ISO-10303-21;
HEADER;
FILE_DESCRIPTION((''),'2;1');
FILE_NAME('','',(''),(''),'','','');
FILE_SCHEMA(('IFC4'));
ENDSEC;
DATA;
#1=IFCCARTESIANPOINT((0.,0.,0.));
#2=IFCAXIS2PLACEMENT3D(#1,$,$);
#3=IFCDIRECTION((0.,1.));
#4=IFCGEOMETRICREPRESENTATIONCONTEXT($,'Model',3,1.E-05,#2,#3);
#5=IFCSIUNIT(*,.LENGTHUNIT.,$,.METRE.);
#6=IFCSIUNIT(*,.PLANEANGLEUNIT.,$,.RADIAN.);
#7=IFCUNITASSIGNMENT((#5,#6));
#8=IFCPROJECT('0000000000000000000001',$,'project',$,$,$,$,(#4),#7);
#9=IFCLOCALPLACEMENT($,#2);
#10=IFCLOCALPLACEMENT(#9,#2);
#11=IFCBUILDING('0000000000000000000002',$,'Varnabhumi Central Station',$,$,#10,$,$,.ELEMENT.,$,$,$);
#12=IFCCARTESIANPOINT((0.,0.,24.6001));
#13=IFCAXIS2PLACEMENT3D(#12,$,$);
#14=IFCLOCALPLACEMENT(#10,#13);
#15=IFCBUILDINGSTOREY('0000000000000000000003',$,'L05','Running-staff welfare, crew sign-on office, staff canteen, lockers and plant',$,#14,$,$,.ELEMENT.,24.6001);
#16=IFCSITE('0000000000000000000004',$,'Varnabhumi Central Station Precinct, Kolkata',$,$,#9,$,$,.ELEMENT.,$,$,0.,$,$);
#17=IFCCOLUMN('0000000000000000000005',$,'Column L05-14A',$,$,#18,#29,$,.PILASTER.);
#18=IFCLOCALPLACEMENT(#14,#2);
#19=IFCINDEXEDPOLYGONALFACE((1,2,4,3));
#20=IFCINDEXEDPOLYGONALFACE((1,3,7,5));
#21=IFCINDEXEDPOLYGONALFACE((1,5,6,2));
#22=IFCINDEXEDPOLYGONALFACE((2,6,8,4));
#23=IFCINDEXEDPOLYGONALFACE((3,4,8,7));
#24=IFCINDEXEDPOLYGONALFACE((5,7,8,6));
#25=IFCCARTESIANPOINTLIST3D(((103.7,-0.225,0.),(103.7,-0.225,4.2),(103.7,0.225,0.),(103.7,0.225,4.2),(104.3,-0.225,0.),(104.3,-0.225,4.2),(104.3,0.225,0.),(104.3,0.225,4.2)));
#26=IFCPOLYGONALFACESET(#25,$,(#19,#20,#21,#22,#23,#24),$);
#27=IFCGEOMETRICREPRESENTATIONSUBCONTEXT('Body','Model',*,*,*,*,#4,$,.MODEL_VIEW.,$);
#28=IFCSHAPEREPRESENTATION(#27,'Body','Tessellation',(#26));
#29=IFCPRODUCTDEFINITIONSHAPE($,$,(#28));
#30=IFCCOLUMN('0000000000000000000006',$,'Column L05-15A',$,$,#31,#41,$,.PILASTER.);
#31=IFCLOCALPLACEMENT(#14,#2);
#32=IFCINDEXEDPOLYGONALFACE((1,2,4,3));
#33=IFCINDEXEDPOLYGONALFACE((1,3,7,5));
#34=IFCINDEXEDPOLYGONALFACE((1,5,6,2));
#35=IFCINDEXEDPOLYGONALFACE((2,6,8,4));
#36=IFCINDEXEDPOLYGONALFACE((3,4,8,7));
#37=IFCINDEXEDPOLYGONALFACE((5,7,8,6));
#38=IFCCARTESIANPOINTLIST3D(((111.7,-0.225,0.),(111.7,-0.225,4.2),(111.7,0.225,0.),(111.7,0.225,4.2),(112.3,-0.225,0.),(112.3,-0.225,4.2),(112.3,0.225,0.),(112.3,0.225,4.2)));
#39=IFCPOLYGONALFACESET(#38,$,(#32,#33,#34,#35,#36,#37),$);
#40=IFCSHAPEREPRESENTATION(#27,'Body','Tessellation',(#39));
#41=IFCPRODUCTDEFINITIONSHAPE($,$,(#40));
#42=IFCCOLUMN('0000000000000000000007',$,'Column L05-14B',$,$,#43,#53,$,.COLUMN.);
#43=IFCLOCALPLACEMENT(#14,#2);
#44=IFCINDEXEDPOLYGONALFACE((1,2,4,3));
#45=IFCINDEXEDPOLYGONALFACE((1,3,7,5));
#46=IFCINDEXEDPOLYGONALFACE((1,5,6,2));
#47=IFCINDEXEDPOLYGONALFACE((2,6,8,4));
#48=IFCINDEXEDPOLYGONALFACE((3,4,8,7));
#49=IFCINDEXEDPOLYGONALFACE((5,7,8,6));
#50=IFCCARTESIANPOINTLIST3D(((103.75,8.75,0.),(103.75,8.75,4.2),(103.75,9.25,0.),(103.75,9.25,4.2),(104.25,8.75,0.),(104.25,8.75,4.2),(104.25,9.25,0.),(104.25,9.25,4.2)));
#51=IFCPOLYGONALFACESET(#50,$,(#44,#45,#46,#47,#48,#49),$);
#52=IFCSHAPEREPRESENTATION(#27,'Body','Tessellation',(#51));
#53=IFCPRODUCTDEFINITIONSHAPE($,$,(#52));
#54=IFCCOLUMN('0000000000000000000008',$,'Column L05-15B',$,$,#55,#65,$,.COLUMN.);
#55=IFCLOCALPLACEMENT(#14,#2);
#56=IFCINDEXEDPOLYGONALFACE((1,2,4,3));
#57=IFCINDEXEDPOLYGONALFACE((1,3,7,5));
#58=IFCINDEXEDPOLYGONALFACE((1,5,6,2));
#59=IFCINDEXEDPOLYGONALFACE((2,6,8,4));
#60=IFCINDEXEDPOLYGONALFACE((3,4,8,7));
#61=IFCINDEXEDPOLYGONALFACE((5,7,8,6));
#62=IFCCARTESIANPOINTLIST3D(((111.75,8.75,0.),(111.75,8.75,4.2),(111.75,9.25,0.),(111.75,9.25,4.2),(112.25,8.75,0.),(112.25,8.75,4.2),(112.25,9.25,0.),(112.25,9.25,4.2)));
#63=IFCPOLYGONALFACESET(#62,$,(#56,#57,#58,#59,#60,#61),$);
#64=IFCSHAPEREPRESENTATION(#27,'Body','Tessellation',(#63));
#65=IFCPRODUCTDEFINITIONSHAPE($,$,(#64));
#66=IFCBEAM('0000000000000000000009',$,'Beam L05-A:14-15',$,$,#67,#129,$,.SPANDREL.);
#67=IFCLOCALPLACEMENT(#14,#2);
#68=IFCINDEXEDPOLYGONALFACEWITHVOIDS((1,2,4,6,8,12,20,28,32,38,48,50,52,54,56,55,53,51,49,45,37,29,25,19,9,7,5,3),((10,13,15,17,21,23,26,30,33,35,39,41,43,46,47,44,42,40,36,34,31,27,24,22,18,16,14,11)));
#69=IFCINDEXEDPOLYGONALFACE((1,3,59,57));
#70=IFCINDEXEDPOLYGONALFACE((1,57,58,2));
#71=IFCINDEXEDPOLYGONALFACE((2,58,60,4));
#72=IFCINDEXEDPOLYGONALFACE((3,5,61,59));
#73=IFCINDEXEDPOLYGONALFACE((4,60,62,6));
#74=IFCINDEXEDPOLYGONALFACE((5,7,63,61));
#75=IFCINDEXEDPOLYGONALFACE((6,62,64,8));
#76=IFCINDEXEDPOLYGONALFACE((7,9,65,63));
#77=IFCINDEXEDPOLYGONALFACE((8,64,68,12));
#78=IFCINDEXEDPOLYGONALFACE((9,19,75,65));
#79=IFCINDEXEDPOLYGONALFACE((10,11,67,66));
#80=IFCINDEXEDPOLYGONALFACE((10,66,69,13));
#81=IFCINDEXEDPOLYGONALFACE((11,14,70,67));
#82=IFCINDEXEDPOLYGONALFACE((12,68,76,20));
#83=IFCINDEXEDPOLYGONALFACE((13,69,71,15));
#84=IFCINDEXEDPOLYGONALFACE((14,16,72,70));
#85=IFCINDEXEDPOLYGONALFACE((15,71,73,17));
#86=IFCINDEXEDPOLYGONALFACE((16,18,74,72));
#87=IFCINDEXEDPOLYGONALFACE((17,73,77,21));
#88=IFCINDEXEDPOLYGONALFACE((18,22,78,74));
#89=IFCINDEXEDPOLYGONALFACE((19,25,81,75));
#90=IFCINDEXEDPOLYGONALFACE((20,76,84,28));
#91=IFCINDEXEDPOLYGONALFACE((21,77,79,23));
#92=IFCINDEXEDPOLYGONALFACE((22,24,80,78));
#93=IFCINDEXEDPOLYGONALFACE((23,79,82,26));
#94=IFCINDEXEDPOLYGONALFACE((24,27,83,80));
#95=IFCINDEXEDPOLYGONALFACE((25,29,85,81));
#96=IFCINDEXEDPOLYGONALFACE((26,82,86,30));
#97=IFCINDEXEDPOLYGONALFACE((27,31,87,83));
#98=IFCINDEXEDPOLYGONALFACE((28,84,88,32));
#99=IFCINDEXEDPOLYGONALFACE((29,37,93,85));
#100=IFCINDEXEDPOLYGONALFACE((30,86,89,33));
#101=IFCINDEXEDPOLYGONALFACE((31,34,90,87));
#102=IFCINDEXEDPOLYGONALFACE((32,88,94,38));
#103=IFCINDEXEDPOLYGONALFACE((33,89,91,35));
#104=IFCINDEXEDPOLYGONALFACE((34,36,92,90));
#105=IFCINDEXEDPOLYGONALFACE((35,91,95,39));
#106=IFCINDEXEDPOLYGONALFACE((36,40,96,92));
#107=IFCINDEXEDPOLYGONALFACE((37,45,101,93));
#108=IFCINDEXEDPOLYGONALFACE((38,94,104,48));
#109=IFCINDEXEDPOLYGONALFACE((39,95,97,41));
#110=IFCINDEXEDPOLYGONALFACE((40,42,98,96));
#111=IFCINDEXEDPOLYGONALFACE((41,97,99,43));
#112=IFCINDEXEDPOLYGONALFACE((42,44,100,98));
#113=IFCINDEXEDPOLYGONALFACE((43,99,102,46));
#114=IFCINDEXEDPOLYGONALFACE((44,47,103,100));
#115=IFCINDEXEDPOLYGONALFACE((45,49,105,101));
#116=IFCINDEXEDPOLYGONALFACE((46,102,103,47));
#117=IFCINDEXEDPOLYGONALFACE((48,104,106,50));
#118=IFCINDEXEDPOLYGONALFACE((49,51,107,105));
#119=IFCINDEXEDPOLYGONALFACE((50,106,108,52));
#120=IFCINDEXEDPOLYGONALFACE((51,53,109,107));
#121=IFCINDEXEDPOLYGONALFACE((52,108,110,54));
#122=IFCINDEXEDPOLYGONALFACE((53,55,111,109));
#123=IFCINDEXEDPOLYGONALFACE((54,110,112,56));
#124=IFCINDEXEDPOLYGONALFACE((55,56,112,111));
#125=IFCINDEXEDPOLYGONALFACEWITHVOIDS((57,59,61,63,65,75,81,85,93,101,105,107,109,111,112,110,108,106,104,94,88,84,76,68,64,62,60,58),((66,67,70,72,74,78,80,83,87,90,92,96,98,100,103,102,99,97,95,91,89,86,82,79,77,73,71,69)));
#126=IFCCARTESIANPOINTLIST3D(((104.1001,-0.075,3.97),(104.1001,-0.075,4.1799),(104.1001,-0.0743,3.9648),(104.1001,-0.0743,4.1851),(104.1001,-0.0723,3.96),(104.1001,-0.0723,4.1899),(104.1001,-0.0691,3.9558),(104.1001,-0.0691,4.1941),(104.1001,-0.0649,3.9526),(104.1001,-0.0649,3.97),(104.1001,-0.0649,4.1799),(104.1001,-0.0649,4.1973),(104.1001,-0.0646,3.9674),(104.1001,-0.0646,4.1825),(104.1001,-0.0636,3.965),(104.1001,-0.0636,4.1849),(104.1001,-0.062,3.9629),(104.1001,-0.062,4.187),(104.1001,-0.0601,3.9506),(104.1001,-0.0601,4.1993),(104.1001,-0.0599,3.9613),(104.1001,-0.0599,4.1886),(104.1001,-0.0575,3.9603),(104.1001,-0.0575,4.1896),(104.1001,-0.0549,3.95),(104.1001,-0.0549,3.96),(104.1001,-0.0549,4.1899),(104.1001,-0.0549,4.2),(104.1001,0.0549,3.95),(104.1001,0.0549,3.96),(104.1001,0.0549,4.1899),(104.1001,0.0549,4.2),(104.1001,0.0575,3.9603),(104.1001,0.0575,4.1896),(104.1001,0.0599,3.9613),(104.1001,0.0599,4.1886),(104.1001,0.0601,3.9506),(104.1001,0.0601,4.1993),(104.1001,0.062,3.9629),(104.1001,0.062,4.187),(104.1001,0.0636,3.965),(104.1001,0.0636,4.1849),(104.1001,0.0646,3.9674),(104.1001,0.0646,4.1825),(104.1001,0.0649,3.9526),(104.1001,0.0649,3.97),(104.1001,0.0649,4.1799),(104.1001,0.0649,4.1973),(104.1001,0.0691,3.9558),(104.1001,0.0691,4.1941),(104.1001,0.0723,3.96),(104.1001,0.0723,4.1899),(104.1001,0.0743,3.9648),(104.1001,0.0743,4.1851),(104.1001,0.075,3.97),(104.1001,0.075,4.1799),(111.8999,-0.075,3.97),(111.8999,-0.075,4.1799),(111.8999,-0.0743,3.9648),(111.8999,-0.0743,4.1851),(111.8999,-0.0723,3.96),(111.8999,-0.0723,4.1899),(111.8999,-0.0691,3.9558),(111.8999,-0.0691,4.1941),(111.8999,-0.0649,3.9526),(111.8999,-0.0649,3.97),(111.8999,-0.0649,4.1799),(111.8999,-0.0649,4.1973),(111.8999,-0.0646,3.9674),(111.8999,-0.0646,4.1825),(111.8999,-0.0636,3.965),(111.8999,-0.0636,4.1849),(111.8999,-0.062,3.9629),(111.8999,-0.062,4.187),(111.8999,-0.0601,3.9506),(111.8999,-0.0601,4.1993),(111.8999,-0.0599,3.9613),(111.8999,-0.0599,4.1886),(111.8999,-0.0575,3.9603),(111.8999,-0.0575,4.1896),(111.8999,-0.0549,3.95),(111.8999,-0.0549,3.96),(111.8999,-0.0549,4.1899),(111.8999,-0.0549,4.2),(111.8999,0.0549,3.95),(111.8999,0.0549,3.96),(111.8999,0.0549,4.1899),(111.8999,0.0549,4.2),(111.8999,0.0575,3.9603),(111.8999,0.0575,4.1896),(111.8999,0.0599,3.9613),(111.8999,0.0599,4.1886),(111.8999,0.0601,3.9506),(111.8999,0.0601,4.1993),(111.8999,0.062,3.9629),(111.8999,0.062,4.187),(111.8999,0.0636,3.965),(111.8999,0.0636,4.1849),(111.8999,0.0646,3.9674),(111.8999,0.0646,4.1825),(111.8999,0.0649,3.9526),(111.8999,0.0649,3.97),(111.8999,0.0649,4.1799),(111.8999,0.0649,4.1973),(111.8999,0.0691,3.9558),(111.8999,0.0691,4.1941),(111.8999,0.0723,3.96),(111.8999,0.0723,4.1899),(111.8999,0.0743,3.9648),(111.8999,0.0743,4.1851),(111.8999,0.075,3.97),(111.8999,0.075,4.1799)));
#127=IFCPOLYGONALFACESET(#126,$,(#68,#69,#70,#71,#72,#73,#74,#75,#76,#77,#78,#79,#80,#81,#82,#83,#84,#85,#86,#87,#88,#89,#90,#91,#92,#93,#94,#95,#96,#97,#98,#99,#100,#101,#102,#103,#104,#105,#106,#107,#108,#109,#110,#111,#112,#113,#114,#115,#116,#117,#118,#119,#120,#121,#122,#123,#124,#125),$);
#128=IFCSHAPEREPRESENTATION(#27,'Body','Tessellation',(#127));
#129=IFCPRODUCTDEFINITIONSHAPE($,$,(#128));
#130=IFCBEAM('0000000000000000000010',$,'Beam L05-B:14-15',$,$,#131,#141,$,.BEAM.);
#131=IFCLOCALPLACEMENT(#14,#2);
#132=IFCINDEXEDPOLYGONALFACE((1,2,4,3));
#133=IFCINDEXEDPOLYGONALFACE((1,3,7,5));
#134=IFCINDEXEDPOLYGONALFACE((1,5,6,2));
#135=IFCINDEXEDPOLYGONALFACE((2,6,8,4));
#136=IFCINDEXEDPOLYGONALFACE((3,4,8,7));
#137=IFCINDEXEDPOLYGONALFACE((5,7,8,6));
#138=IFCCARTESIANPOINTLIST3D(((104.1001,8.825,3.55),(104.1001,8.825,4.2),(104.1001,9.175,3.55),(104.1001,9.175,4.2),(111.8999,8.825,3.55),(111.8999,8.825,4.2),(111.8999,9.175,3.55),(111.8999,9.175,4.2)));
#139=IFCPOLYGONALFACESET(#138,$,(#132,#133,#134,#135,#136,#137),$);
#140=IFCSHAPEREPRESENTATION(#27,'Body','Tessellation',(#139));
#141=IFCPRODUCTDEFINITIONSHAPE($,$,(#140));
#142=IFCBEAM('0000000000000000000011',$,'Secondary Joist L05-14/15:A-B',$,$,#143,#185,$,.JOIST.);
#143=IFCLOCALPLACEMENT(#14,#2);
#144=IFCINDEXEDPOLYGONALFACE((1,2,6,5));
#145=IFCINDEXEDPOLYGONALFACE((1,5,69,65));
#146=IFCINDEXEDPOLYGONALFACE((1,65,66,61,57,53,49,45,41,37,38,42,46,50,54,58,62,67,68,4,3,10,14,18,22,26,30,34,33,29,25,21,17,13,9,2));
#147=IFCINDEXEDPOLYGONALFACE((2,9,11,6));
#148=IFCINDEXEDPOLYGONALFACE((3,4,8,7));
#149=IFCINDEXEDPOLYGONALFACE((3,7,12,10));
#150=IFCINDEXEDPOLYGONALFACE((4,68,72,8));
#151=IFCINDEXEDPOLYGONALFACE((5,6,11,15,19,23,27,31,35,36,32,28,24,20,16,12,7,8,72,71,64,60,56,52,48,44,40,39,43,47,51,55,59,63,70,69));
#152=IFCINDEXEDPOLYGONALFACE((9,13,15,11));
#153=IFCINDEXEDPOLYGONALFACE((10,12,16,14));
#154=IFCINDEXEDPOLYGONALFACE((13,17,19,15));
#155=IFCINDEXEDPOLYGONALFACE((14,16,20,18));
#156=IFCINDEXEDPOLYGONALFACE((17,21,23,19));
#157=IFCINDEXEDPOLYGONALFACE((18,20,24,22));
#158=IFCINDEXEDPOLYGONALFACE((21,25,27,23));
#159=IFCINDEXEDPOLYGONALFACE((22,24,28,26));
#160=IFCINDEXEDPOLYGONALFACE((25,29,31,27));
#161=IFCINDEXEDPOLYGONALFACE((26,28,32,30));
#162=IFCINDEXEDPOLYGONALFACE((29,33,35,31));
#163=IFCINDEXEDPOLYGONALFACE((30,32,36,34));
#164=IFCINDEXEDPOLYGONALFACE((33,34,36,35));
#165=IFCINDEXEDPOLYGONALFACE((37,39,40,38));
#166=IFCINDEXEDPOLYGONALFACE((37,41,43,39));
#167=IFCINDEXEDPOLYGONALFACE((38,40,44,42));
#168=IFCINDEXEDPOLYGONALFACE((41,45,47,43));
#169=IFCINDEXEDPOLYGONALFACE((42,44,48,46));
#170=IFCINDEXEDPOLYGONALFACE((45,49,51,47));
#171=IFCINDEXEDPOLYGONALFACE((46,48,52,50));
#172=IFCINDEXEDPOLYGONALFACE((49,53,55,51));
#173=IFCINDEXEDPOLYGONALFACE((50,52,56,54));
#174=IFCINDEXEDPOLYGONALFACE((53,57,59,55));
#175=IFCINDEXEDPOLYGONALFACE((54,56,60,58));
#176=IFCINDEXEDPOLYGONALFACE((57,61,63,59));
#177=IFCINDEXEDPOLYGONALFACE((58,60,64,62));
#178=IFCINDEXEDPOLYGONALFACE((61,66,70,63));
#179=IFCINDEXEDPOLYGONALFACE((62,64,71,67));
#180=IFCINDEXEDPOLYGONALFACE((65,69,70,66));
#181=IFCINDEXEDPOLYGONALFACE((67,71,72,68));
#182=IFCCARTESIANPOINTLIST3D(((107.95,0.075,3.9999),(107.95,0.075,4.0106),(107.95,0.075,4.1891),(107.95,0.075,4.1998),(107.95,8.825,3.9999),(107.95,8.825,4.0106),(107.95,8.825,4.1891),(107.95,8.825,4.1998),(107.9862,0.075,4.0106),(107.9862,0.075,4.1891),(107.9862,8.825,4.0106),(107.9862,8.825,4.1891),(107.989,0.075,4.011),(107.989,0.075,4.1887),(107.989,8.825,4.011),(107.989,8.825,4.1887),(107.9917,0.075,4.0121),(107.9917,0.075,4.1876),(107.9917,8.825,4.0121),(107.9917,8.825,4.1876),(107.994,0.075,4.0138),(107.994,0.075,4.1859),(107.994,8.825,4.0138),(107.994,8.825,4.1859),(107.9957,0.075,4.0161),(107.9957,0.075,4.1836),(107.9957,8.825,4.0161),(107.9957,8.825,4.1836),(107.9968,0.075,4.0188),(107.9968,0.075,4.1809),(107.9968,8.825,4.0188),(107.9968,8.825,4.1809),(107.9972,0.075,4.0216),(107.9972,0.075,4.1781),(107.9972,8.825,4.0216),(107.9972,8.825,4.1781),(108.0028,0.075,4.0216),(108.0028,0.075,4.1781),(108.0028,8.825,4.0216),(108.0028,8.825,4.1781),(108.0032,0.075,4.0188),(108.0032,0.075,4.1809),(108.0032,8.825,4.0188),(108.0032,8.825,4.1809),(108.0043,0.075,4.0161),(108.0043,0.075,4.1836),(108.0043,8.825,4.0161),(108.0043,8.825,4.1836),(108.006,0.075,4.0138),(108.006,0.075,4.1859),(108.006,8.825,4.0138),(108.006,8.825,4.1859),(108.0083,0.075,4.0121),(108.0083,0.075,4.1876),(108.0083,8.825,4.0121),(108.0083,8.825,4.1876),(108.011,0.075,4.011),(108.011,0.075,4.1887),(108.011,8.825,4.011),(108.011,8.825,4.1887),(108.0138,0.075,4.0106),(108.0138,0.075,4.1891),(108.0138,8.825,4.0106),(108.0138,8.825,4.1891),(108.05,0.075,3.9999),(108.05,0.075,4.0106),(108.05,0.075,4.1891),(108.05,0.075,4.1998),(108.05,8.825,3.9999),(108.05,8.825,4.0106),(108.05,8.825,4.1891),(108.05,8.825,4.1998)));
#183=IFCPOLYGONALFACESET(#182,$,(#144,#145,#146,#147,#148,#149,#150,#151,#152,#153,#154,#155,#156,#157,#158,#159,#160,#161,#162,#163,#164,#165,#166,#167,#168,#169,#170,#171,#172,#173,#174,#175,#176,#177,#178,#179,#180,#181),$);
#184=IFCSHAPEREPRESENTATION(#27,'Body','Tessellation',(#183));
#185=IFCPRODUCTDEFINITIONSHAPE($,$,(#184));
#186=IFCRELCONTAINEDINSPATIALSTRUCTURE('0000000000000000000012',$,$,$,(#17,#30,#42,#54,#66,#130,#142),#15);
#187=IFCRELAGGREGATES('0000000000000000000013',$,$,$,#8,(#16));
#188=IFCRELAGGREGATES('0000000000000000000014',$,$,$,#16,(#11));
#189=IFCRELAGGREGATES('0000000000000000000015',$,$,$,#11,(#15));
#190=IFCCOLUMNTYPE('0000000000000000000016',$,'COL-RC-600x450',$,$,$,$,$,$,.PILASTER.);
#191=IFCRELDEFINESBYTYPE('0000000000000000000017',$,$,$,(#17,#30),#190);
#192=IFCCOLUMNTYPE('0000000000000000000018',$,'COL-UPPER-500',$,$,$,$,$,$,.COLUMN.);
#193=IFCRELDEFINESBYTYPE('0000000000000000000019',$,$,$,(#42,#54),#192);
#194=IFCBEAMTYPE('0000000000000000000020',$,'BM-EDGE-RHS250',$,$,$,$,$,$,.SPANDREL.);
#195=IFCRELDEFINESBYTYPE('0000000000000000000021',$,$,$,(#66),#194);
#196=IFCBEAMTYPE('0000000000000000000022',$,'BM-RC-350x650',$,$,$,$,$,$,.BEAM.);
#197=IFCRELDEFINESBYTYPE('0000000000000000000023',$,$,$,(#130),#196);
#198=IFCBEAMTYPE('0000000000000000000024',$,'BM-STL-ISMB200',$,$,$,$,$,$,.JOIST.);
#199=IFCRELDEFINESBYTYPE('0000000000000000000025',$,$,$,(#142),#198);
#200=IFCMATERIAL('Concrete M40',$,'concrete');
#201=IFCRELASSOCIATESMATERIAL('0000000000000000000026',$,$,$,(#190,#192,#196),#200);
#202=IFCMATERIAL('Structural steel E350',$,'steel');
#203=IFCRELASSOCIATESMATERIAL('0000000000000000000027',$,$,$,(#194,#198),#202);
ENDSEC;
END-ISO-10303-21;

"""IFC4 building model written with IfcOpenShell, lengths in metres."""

from ifc_helpers import new_model, si_unit, direction, frame, origin, origin_2d, place, context, subcontext, project, spatial, rectangle, hollow_rectangle, i_section, extrude, material, material_profile, profile_set, type_object, element, save


model = new_model("IFC4")

# Units and contexts
model_context = context("Model", 3, precision=1e-05, world=origin(), true_north=direction((0.0, 1.0)))
body_context = subcontext(model_context, "Body", "Model", "MODEL_VIEW")
ifc_project = project(units=[si_unit("LENGTHUNIT", "METRE"), si_unit("PLANEANGLEUNIT", "RADIAN")], contexts=[model_context])

# Site, building, storey
site_placement = place(None, origin())
site = spatial("IfcSite", under=ifc_project, at=site_placement, Name="Varnabhumi Central Station Precinct, Kolkata", CompositionType="ELEMENT", RefElevation=0.0)
building_placement = place(site_placement, origin())
building = spatial("IfcBuilding", under=site, at=building_placement, Name="Varnabhumi Central Station", CompositionType="ELEMENT")
storey_placement = place(building_placement, frame((0.0, 0.0, 24.6001)))
storey = spatial("IfcBuildingStorey", under=building, at=storey_placement, Name="L05", Description="Running-staff welfare, crew sign-on office, staff canteen, lockers and plant", CompositionType="ELEMENT", Elevation=24.6001)

# Columns
ifc_material_1 = material(Name="Concrete M40", Category="concrete")
ifc_material_profile_1 = material_profile(ifc_material_1, rectangle(XDim=0.6001, YDim=0.45, at=origin_2d()), Name="Concrete M40", Category="concrete")
ifc_profile_set_1 = profile_set([ifc_material_profile_1], Name="Concrete M40")
column_type_1 = type_object("IfcColumnType", Name="COL-RC-600x450", PredefinedType="PILASTER", material=ifc_profile_set_1)
for number, where, z_axis, x_axis, name in (
    (1, (104.0, 0.0, 0.0), (0.0, 0.0, 1.0), (1.0, 0.0, 0.0), "Column L05-14A"),
    (2, (112.0, 0.0, 0.0), (0.0, 0.0, 1.0), (1.0, 0.0, 0.0), "Column L05-15A"),
):
    element("IfcColumn", number, at=place(storey_placement, frame(where, z_axis=z_axis, x_axis=x_axis)), inside=storey, type_object=column_type_1, Name=name, PredefinedType="PILASTER", context=body_context, shape_type="SweptSolid", body=[
        extrude(rectangle(XDim=0.6001, YDim=0.45, at=origin_2d()), origin(), (0.0, 0.0, 1.0), 4.2),
    ])
ifc_material_profile_2 = material_profile(ifc_material_1, rectangle(XDim=0.5, YDim=0.5, at=origin_2d()), Name="Concrete M40", Category="concrete")
ifc_profile_set_2 = profile_set([ifc_material_profile_2], Name="Concrete M40")
column_type_2 = type_object("IfcColumnType", Name="COL-UPPER-500", PredefinedType="COLUMN", material=ifc_profile_set_2)
for number, where, z_axis, x_axis, name in (
    (3, (104.0, 9.0, 0.0), (0.0, 0.0, 1.0), (1.0, 0.0, 0.0), "Column L05-14B"),
    (4, (112.0, 9.0, 0.0), (0.0, 0.0, 1.0), (1.0, 0.0, 0.0), "Column L05-15B"),
):
    element("IfcColumn", number, at=place(storey_placement, frame(where, z_axis=z_axis, x_axis=x_axis)), inside=storey, type_object=column_type_2, Name=name, PredefinedType="COLUMN", context=body_context, shape_type="SweptSolid", body=[
        extrude(rectangle(XDim=0.5, YDim=0.5, at=origin_2d()), origin(), (0.0, 0.0, 1.0), 4.2),
    ])

# Beams
ifc_material_2 = material(Name="Structural steel E350", Category="steel")
ifc_material_profile_3 = material_profile(ifc_material_2, hollow_rectangle(XDim=0.1499, YDim=0.25, WallThickness=0.01, InnerFilletRadius=0.01, OuterFilletRadius=0.02, at=origin_2d()), Name="Structural steel E350", Category="steel")
ifc_profile_set_3 = profile_set([ifc_material_profile_3], Name="Structural steel E350")
beam_type_1 = type_object("IfcBeamType", Name="BM-EDGE-RHS250", PredefinedType="SPANDREL", material=ifc_profile_set_3)
beam_1_placement = place(storey_placement, frame((104.1001, 0.0, 4.075), z_axis=(1.0, 0.0, 0.0), x_axis=(0.0, 1.0, 0.0)))
element("IfcBeam", 5, at=beam_1_placement, inside=storey, type_object=beam_type_1, Name="Beam L05-A:14-15", PredefinedType="SPANDREL", context=body_context, shape_type="SweptSolid", body=[
    extrude(hollow_rectangle(XDim=0.1499, YDim=0.25, WallThickness=0.01, InnerFilletRadius=0.01, OuterFilletRadius=0.02, at=origin_2d()), origin(), (0.0, 0.0, 1.0), 7.7998),
])
ifc_material_profile_4 = material_profile(ifc_material_1, rectangle(XDim=0.3501, YDim=0.6499, at=origin_2d()), Name="Concrete M40", Category="concrete")
ifc_profile_set_4 = profile_set([ifc_material_profile_4], Name="Concrete M40")
beam_type_2 = type_object("IfcBeamType", Name="BM-RC-350x650", PredefinedType="BEAM", material=ifc_profile_set_4)
beam_2_placement = place(storey_placement, frame((104.1001, 9.0, 3.875), z_axis=(1.0, 0.0, 0.0), x_axis=(0.0, 1.0, 0.0)))
element("IfcBeam", 6, at=beam_2_placement, inside=storey, type_object=beam_type_2, Name="Beam L05-B:14-15", PredefinedType="BEAM", context=body_context, shape_type="SweptSolid", body=[
    extrude(rectangle(XDim=0.3501, YDim=0.6499, at=origin_2d()), origin(), (0.0, 0.0, 1.0), 7.7998),
])
ifc_material_profile_5 = material_profile(ifc_material_2, i_section(OverallWidth=0.1001, OverallDepth=0.2, WebThickness=0.0056, FlangeThickness=0.0107, FilletRadius=0.011, at=origin_2d()), Name="Structural steel E350", Category="steel")
ifc_profile_set_5 = profile_set([ifc_material_profile_5], Name="Structural steel E350")
beam_type_3 = type_object("IfcBeamType", Name="BM-STL-ISMB200", PredefinedType="JOIST", material=ifc_profile_set_5)
beam_3_placement = place(storey_placement, frame((108.0, 0.075, 4.0999), z_axis=(0.0, 1.0, 0.0), x_axis=(-1.0, 0.0, 0.0)))
element("IfcBeam", 7, at=beam_3_placement, inside=storey, type_object=beam_type_3, Name="Secondary Joist L05-14/15:A-B", PredefinedType="JOIST", context=body_context, shape_type="SweptSolid", body=[
    extrude(i_section(OverallWidth=0.1001, OverallDepth=0.2, WebThickness=0.0056, FlangeThickness=0.0107, FilletRadius=0.011, at=origin_2d()), origin(), (0.0, 0.0, 1.0), 8.75),
])

save(model, "model.ifc")
